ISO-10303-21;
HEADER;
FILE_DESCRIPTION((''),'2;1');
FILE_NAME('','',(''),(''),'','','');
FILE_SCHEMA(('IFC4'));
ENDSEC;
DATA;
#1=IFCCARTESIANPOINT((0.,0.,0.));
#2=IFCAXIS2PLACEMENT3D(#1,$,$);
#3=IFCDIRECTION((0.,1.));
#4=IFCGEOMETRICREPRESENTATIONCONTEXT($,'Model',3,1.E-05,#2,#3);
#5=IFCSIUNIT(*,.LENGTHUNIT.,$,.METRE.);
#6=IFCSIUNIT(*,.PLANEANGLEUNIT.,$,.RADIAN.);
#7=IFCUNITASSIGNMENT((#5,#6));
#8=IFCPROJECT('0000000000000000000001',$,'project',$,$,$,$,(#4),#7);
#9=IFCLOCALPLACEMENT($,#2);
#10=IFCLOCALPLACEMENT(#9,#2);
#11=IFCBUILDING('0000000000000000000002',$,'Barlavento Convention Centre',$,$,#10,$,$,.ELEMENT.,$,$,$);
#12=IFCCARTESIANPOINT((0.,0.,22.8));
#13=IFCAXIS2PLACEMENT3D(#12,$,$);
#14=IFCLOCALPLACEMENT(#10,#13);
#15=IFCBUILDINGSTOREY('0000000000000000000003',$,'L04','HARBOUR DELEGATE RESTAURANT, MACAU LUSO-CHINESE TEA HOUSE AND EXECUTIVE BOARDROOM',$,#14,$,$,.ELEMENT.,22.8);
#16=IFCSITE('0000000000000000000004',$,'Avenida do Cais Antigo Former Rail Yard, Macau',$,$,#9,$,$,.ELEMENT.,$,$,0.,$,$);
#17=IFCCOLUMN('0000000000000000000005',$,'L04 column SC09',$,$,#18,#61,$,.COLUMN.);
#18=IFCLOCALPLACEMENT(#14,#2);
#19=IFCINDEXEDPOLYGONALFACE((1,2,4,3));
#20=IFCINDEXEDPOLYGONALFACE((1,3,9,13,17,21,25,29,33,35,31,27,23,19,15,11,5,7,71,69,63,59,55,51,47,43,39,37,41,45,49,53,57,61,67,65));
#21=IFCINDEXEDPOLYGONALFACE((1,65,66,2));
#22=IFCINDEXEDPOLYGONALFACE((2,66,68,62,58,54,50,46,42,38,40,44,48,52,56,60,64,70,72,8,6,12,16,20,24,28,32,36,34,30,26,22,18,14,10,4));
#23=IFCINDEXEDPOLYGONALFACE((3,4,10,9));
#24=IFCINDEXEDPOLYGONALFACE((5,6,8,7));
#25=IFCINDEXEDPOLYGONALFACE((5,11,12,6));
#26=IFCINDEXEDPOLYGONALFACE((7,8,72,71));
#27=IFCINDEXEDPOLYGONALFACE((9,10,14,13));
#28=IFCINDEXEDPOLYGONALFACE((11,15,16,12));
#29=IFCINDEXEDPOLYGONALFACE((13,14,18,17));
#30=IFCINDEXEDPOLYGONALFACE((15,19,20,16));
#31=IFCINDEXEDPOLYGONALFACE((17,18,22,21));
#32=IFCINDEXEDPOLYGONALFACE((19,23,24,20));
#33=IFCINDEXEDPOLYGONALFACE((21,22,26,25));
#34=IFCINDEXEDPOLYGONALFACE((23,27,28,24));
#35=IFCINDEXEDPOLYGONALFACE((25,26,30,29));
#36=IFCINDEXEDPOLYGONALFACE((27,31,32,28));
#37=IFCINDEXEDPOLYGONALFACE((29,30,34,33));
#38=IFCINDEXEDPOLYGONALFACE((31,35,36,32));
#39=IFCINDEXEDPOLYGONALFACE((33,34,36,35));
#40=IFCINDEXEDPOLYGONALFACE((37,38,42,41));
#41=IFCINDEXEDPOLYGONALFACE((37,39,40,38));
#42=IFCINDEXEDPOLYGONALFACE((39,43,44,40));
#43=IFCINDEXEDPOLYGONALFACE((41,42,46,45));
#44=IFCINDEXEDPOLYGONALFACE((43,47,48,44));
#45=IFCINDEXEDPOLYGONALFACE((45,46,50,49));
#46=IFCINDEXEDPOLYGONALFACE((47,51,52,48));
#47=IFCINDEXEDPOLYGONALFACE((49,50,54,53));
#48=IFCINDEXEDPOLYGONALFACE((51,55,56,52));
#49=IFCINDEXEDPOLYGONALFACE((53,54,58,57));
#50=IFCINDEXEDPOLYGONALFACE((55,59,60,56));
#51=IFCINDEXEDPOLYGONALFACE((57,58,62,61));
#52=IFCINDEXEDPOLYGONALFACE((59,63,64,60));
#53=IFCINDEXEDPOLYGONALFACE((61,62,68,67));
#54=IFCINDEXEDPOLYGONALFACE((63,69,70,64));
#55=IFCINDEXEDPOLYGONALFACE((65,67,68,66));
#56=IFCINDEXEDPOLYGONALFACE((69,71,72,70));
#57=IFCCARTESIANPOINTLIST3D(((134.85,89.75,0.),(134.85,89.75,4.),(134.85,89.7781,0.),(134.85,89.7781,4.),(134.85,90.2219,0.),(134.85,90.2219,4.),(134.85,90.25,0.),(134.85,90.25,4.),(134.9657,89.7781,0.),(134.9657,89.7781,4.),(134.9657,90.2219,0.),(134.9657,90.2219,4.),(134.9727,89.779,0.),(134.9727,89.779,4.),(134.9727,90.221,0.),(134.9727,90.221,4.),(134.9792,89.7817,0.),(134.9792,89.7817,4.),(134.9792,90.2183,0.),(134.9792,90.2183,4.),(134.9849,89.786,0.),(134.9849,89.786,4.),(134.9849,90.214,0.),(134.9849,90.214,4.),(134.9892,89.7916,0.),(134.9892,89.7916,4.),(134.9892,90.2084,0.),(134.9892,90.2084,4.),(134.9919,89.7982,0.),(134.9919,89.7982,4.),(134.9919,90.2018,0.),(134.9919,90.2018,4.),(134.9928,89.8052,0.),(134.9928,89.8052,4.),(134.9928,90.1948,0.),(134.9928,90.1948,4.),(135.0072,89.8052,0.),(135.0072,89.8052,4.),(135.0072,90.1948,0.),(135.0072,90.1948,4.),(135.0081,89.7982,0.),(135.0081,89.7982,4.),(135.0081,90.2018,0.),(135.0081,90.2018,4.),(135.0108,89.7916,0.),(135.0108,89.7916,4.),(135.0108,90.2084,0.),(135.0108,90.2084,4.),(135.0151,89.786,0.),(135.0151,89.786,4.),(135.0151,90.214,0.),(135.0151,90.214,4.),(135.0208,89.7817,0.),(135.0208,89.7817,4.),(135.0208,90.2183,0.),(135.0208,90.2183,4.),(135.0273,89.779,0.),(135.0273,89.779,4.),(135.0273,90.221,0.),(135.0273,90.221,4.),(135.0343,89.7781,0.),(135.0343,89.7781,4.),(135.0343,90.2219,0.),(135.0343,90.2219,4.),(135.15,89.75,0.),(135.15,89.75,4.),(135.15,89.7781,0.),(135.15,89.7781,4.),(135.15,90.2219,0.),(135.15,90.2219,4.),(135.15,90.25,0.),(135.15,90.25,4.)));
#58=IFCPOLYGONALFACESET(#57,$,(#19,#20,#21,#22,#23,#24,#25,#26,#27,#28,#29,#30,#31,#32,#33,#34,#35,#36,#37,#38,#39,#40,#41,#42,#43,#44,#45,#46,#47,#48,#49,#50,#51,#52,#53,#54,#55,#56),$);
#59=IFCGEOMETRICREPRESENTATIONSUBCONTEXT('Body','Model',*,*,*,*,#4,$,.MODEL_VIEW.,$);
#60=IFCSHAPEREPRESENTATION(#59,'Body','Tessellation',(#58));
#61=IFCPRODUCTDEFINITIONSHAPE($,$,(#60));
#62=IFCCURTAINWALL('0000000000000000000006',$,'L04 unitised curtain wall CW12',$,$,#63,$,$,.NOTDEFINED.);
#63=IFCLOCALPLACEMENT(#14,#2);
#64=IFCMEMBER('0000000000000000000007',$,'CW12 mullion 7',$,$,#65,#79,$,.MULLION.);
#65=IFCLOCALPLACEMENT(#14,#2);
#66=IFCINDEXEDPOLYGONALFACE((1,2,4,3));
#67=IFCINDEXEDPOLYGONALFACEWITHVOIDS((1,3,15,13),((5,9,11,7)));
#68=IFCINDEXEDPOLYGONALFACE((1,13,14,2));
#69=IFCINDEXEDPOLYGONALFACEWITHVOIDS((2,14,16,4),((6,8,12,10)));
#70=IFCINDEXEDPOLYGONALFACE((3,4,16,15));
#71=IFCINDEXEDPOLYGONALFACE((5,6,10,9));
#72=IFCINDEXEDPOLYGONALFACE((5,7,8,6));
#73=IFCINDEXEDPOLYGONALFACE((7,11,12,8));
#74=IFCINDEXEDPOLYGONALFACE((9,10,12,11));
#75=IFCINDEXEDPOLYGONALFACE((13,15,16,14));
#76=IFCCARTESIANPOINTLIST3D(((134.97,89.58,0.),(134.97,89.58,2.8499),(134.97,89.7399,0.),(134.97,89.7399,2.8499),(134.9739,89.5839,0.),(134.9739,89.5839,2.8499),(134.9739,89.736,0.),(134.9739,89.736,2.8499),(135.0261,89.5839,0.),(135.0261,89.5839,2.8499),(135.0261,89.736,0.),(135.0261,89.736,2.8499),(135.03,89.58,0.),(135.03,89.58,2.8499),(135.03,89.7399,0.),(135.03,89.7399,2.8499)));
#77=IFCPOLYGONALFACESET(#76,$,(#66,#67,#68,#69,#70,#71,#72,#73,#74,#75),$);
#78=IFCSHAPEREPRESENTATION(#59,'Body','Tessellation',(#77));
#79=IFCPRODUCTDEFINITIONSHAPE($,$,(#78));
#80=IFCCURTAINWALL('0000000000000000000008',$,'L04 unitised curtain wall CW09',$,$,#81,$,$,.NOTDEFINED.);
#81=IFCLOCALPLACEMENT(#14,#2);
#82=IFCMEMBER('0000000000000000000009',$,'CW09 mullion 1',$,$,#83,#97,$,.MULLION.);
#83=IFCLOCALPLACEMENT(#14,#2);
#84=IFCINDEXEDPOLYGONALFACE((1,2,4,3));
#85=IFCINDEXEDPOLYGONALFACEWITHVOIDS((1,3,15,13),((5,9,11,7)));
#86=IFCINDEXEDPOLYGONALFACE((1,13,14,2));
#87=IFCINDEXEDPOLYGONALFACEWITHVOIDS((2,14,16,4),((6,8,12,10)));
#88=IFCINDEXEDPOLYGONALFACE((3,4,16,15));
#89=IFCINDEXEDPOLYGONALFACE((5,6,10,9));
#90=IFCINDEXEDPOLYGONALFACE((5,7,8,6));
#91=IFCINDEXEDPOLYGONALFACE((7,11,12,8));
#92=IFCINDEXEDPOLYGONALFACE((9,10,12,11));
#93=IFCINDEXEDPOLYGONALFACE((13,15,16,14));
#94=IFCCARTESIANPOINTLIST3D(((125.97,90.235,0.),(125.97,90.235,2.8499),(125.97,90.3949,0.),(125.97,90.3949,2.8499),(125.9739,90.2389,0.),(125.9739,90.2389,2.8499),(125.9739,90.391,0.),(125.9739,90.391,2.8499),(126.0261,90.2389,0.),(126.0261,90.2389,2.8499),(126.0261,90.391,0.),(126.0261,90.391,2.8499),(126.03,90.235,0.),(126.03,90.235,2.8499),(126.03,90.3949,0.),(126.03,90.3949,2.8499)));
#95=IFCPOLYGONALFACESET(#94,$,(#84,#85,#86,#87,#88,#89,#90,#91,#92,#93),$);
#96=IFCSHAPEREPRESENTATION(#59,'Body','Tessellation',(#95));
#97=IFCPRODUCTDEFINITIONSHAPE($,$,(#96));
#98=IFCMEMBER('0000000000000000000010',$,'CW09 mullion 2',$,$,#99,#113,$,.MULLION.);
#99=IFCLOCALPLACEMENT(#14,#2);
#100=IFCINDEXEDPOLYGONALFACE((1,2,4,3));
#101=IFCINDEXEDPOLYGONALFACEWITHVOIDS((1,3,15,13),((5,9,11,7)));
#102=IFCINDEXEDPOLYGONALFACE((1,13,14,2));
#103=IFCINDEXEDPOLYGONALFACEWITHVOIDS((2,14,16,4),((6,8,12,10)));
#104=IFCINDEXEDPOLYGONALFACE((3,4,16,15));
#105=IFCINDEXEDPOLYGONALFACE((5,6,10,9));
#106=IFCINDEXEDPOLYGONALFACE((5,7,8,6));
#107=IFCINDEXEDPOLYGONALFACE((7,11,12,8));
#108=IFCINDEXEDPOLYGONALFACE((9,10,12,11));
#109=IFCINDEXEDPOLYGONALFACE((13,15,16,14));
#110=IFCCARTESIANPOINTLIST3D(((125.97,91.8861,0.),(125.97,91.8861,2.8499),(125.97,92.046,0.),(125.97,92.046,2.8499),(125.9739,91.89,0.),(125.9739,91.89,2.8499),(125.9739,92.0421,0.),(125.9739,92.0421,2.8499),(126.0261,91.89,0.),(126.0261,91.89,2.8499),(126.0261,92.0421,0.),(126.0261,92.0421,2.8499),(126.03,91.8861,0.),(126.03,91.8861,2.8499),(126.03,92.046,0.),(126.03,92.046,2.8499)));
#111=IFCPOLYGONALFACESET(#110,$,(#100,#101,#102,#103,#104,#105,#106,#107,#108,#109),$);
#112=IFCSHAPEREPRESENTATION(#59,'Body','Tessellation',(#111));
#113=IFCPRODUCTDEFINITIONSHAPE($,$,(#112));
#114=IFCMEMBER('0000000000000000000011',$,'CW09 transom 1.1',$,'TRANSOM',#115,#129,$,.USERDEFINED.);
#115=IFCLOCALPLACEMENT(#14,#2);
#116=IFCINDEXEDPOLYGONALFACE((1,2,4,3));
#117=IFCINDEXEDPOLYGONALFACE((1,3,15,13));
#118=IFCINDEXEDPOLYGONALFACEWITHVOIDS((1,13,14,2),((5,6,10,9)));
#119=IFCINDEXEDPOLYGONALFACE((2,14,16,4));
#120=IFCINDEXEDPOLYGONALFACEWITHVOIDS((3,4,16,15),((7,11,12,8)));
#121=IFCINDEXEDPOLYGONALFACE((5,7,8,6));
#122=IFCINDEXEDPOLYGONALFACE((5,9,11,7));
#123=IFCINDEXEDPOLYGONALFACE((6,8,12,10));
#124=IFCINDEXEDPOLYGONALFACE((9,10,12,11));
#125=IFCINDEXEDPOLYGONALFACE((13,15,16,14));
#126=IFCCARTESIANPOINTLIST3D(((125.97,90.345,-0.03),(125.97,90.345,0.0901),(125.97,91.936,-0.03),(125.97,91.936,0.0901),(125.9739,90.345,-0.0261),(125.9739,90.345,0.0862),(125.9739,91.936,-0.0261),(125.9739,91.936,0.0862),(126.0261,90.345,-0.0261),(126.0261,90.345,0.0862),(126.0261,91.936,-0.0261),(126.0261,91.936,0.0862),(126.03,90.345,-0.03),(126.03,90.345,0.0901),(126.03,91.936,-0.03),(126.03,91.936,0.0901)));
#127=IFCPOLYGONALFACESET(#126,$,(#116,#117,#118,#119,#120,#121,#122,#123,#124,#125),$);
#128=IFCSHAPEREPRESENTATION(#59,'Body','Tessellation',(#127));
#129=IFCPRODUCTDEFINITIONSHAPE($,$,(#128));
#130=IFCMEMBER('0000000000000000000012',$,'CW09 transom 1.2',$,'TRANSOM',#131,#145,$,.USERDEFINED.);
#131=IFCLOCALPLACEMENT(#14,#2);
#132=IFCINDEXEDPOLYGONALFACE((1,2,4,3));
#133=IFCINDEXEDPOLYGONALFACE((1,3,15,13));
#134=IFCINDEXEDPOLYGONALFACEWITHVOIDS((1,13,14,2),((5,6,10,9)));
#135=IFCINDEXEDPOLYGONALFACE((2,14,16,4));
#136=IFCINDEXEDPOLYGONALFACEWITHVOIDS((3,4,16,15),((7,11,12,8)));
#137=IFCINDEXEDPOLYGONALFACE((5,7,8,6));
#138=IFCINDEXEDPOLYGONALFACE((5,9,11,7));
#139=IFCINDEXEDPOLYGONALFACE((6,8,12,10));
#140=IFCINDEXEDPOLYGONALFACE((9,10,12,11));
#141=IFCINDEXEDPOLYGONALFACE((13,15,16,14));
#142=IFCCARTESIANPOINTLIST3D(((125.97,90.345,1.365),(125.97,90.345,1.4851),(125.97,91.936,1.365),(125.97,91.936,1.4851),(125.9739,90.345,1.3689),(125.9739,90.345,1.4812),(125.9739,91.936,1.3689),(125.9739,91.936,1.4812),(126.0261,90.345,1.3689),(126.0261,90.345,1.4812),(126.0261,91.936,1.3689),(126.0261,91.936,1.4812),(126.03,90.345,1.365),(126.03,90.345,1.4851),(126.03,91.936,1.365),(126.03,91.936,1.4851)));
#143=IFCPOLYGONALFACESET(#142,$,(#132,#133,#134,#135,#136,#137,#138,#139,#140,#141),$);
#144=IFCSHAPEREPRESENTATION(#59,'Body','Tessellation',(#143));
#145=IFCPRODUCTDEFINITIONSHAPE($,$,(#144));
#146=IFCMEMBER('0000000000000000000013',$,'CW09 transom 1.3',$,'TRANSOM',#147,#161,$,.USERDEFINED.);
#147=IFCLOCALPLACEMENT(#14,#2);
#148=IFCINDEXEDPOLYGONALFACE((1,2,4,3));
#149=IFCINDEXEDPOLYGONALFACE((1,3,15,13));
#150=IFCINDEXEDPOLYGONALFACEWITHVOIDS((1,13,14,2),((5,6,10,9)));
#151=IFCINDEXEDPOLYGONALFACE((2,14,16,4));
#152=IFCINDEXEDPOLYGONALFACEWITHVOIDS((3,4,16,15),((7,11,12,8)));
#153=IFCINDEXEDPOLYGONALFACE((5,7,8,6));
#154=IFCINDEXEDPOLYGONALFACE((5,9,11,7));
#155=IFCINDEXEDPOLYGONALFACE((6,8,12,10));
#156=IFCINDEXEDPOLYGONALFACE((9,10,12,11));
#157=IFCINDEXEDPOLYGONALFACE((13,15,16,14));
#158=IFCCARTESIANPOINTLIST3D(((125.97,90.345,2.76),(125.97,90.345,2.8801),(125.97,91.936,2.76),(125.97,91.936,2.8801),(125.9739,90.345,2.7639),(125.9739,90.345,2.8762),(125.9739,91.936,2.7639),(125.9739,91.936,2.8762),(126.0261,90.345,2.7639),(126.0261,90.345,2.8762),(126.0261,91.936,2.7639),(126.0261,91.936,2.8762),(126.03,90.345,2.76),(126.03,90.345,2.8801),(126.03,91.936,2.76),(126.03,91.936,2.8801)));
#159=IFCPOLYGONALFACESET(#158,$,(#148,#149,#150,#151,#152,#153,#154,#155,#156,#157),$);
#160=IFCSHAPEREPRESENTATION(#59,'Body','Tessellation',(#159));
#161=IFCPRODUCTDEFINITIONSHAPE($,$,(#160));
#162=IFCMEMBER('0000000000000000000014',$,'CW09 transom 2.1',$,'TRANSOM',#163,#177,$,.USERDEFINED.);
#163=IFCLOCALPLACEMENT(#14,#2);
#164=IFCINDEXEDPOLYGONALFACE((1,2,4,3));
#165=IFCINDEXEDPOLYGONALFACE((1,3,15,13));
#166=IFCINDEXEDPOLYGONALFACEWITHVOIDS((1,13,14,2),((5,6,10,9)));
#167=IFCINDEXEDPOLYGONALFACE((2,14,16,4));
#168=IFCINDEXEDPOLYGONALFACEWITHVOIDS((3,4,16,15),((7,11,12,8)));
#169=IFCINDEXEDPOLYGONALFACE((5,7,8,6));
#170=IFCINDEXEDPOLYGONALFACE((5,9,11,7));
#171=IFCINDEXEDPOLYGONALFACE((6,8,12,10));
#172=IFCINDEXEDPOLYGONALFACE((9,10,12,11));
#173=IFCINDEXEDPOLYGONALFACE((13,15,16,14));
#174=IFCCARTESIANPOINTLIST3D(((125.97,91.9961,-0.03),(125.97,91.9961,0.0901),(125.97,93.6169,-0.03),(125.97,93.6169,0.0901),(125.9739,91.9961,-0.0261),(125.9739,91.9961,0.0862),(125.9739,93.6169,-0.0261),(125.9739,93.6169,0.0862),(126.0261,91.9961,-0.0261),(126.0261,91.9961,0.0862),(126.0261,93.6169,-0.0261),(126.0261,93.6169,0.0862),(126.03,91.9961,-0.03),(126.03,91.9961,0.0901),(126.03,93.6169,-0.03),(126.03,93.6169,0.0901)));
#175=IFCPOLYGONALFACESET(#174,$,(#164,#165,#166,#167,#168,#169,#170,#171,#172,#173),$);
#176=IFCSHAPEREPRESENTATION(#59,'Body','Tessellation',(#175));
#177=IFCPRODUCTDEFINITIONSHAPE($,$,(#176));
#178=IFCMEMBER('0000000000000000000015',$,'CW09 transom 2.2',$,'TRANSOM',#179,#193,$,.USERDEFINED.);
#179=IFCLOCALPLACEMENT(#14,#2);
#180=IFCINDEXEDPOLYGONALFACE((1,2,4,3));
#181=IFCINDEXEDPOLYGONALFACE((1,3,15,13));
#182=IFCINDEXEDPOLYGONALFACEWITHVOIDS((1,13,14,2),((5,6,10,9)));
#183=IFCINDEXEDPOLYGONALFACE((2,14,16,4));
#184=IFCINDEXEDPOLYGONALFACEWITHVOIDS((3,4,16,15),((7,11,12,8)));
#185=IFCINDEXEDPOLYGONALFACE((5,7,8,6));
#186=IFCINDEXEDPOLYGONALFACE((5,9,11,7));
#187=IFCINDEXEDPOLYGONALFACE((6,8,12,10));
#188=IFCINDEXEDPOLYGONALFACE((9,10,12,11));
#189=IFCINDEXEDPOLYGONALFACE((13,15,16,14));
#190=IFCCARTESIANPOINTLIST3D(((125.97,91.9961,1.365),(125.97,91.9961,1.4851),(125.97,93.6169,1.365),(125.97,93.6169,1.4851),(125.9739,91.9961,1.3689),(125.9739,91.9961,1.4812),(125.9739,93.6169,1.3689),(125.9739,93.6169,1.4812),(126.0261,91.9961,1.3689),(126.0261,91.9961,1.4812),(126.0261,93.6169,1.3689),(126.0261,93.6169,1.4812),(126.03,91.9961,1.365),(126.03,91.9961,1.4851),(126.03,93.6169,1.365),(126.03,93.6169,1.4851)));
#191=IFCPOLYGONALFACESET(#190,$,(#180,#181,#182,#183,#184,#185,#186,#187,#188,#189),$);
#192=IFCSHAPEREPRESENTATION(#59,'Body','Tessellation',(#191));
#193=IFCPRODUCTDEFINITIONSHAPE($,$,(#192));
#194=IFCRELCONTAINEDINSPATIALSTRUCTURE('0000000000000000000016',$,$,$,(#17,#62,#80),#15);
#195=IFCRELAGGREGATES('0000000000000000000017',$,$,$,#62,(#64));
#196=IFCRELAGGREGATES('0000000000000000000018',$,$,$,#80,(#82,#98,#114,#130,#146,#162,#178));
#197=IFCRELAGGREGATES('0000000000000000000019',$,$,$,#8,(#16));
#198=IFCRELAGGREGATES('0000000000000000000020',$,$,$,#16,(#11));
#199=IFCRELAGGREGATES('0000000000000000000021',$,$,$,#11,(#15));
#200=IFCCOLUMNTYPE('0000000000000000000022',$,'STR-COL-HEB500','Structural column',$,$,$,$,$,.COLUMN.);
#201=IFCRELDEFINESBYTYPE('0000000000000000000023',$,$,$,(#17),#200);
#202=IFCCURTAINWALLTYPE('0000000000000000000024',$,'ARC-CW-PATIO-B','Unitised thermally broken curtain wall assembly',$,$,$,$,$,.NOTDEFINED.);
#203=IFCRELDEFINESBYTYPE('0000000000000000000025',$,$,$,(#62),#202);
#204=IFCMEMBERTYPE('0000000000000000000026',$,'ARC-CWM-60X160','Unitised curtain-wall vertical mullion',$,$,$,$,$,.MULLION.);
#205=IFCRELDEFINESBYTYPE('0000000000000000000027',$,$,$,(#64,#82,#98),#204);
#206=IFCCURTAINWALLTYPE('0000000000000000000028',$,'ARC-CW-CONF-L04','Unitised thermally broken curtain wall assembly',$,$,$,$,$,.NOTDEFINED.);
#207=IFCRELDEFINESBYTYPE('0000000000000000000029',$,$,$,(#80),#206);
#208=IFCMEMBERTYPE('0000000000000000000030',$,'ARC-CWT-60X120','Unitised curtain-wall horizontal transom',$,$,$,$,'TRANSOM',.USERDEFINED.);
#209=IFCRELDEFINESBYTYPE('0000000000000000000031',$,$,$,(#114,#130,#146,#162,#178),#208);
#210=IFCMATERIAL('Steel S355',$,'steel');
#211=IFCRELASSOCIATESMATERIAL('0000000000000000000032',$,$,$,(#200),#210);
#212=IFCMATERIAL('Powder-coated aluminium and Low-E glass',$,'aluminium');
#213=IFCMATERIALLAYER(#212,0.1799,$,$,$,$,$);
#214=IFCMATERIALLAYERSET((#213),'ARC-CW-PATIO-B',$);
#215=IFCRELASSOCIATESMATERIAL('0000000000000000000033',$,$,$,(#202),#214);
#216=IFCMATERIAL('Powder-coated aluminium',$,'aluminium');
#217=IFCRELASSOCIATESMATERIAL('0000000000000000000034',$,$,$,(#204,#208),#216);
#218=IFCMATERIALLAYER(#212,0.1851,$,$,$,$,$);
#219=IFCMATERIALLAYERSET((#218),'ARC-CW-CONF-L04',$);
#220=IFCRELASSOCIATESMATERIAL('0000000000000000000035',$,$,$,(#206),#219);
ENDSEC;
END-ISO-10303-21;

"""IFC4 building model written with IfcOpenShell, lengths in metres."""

from ifc_helpers import new_model, si_unit, direction, frame, origin, origin_2d, place, context, subcontext, project, spatial, hollow_rectangle, i_section, extrude, material, layer, layer_set, material_profile, profile_set, type_object, element, aggregate, save


model = new_model("IFC4")

# Units and contexts
model_context = context("Model", 3, precision=1e-05, world=origin(), true_north=direction((0.0, 1.0)))
body_context = subcontext(model_context, "Body", "Model", "MODEL_VIEW")
ifc_project = project(units=[si_unit("LENGTHUNIT", "METRE"), si_unit("PLANEANGLEUNIT", "RADIAN")], contexts=[model_context])

# Site, building, storey
site_placement = place(None, origin())
site = spatial("IfcSite", under=ifc_project, at=site_placement, Name="Avenida do Cais Antigo Former Rail Yard, Macau", CompositionType="ELEMENT", RefElevation=0.0)
building_placement = place(site_placement, origin())
building = spatial("IfcBuilding", under=site, at=building_placement, Name="Barlavento Convention Centre", CompositionType="ELEMENT")
storey_placement = place(building_placement, frame((0.0, 0.0, 22.8)))
storey = spatial("IfcBuildingStorey", under=building, at=storey_placement, Name="L04", Description="HARBOUR DELEGATE RESTAURANT, MACAU LUSO-CHINESE TEA HOUSE AND EXECUTIVE BOARDROOM", CompositionType="ELEMENT", Elevation=22.8)

# Column
ifc_material_1 = material(Name="Steel S355", Category="steel")
ifc_material_profile_1 = material_profile(ifc_material_1, i_section(OverallWidth=0.3, OverallDepth=0.5, WebThickness=0.0144, FlangeThickness=0.0281, FilletRadius=0.0271, at=origin_2d()), Name="HEB 500")
ifc_profile_set_1 = profile_set([ifc_material_profile_1], Name="Steel S355")
column_type = type_object("IfcColumnType", Name="STR-COL-HEB500", Description="Structural column", PredefinedType="COLUMN", material=ifc_profile_set_1)
column_placement = place(storey_placement, frame((135.0, 90.0, 0.0), z_axis=(0.0, 0.0, 1.0), x_axis=(1.0, 0.0, 0.0)))
element("IfcColumn", 1, at=column_placement, inside=storey, type_object=column_type, Name="L04 column SC09", PredefinedType="COLUMN", context=body_context, shape_type="SweptSolid", body=[
    extrude(i_section(OverallWidth=0.3, OverallDepth=0.5, WebThickness=0.0144, FlangeThickness=0.0281, FilletRadius=0.0271, at=origin_2d()), origin(), (0.0, 0.0, 1.0), 4.0),
])

# Curtain wall, member
ifc_material_2 = material(Name="Powder-coated aluminium and Low-E glass", Category="aluminium")
ifc_layer_1 = layer(ifc_material_2, 0.1799)
ifc_layer_set_1 = layer_set([ifc_layer_1], Name="ARC-CW-PATIO-B")
curtain_wall_type_1 = type_object("IfcCurtainWallType", Name="ARC-CW-PATIO-B", Description="Unitised thermally broken curtain wall assembly", PredefinedType="NOTDEFINED", material=ifc_layer_set_1)
curtain_wall_1_placement = place(storey_placement, origin())
curtain_wall_1 = element("IfcCurtainWall", 2, at=curtain_wall_1_placement, inside=storey, type_object=curtain_wall_type_1, Name="L04 unitised curtain wall CW12", PredefinedType="NOTDEFINED")
ifc_material_3 = material(Name="Powder-coated aluminium", Category="aluminium")
ifc_material_profile_2 = material_profile(ifc_material_3, hollow_rectangle(XDim=0.0601, YDim=0.1599, WallThickness=0.0039, at=origin_2d()), Name="AL-MULL 60x160x4")
ifc_profile_set_2 = profile_set([ifc_material_profile_2], Name="Powder-coated aluminium")
member_type_1 = type_object("IfcMemberType", Name="ARC-CWM-60X160", Description="Unitised curtain-wall vertical mullion", PredefinedType="MULLION", material=ifc_profile_set_2)
member_1_placement = place(storey_placement, frame((135.0, 89.6599, 0.0), z_axis=(0.0, 0.0, 1.0), x_axis=(-1.0, 0.0, 0.0)))
member_1 = element("IfcMember", 3, at=member_1_placement, type_object=member_type_1, Name="CW12 mullion 7", PredefinedType="MULLION", context=body_context, shape_type="SweptSolid", body=[
    extrude(hollow_rectangle(XDim=0.0601, YDim=0.1599, WallThickness=0.0039, at=origin_2d()), origin(), (0.0, 0.0, 1.0), 2.8499),
])
aggregate(curtain_wall_1, [member_1])

# Curtain wall, members
ifc_layer_2 = layer(ifc_material_2, 0.1851)
ifc_layer_set_2 = layer_set([ifc_layer_2], Name="ARC-CW-CONF-L04")
curtain_wall_type_2 = type_object("IfcCurtainWallType", Name="ARC-CW-CONF-L04", Description="Unitised thermally broken curtain wall assembly", PredefinedType="NOTDEFINED", material=ifc_layer_set_2)
curtain_wall_2_placement = place(storey_placement, origin())
curtain_wall_2 = element("IfcCurtainWall", 4, at=curtain_wall_2_placement, inside=storey, type_object=curtain_wall_type_2, Name="L04 unitised curtain wall CW09", PredefinedType="NOTDEFINED")
member_2_placement = place(storey_placement, frame((126.0, 90.3149, 0.0), z_axis=(0.0, 0.0, 1.0), x_axis=(-1.0, 0.0, 0.0)))
member_2 = element("IfcMember", 5, at=member_2_placement, type_object=member_type_1, Name="CW09 mullion 1", PredefinedType="MULLION", context=body_context, shape_type="SweptSolid", body=[
    extrude(hollow_rectangle(XDim=0.0601, YDim=0.1599, WallThickness=0.0039, at=origin_2d()), origin(), (0.0, 0.0, 1.0), 2.8499),
])
member_3_placement = place(storey_placement, frame((126.0, 91.9661, 0.0), z_axis=(0.0, 0.0, 1.0), x_axis=(-1.0, 0.0, 0.0)))
member_3 = element("IfcMember", 6, at=member_3_placement, type_object=member_type_1, Name="CW09 mullion 2", PredefinedType="MULLION", context=body_context, shape_type="SweptSolid", body=[
    extrude(hollow_rectangle(XDim=0.0601, YDim=0.1599, WallThickness=0.0039, at=origin_2d()), origin(), (0.0, 0.0, 1.0), 2.8499),
])
ifc_material_profile_3 = material_profile(ifc_material_3, hollow_rectangle(XDim=0.0601, YDim=0.1201, WallThickness=0.0039, at=origin_2d()), Name="AL-TRAN 60x120x4")
ifc_profile_set_3 = profile_set([ifc_material_profile_3], Name="Powder-coated aluminium")
member_type_2 = type_object("IfcMemberType", Name="ARC-CWT-60X120", Description="Unitised curtain-wall horizontal transom", ElementType="TRANSOM", PredefinedType="USERDEFINED", material=ifc_profile_set_3)
member_4_placement = place(storey_placement, frame((126.0, 90.345, 0.03), z_axis=(0.0, 1.0, 0.0), x_axis=(-1.0, 0.0, 0.0)))
member_4 = element("IfcMember", 7, at=member_4_placement, type_object=member_type_2, Name="CW09 transom 1.1", ObjectType="TRANSOM", PredefinedType="USERDEFINED", context=body_context, shape_type="SweptSolid", body=[
    extrude(hollow_rectangle(XDim=0.0601, YDim=0.1201, WallThickness=0.0039, at=origin_2d()), origin(), (0.0, 0.0, 1.0), 1.5911),
])
member_5_placement = place(storey_placement, frame((126.0, 90.345, 1.425), z_axis=(0.0, 1.0, 0.0), x_axis=(-1.0, 0.0, 0.0)))
member_5 = element("IfcMember", 8, at=member_5_placement, type_object=member_type_2, Name="CW09 transom 1.2", ObjectType="TRANSOM", PredefinedType="USERDEFINED", context=body_context, shape_type="SweptSolid", body=[
    extrude(hollow_rectangle(XDim=0.0601, YDim=0.1201, WallThickness=0.0039, at=origin_2d()), origin(), (0.0, 0.0, 1.0), 1.5911),
])
member_6_placement = place(storey_placement, frame((126.0, 90.345, 2.8201), z_axis=(0.0, 1.0, 0.0), x_axis=(-1.0, 0.0, 0.0)))
member_6 = element("IfcMember", 9, at=member_6_placement, type_object=member_type_2, Name="CW09 transom 1.3", ObjectType="TRANSOM", PredefinedType="USERDEFINED", context=body_context, shape_type="SweptSolid", body=[
    extrude(hollow_rectangle(XDim=0.0601, YDim=0.1201, WallThickness=0.0039, at=origin_2d()), origin(), (0.0, 0.0, 1.0), 1.5911),
])
member_7_placement = place(storey_placement, frame((126.0, 91.9961, 0.03), z_axis=(0.0, 1.0, 0.0), x_axis=(-1.0, 0.0, 0.0)))
member_7 = element("IfcMember", 10, at=member_7_placement, type_object=member_type_2, Name="CW09 transom 2.1", ObjectType="TRANSOM", PredefinedType="USERDEFINED", context=body_context, shape_type="SweptSolid", body=[
    extrude(hollow_rectangle(XDim=0.0601, YDim=0.1201, WallThickness=0.0039, at=origin_2d()), origin(), (0.0, 0.0, 1.0), 1.6208),
])
member_8_placement = place(storey_placement, frame((126.0, 91.9961, 1.425), z_axis=(0.0, 1.0, 0.0), x_axis=(-1.0, 0.0, 0.0)))
member_8 = element("IfcMember", 11, at=member_8_placement, type_object=member_type_2, Name="CW09 transom 2.2", ObjectType="TRANSOM", PredefinedType="USERDEFINED", context=body_context, shape_type="SweptSolid", body=[
    extrude(hollow_rectangle(XDim=0.0601, YDim=0.1201, WallThickness=0.0039, at=origin_2d()), origin(), (0.0, 0.0, 1.0), 1.6208),
])

aggregate(curtain_wall_2, [member_2, member_3, member_4, member_5, member_6, member_7, member_8])

save(model, "model.ifc")
